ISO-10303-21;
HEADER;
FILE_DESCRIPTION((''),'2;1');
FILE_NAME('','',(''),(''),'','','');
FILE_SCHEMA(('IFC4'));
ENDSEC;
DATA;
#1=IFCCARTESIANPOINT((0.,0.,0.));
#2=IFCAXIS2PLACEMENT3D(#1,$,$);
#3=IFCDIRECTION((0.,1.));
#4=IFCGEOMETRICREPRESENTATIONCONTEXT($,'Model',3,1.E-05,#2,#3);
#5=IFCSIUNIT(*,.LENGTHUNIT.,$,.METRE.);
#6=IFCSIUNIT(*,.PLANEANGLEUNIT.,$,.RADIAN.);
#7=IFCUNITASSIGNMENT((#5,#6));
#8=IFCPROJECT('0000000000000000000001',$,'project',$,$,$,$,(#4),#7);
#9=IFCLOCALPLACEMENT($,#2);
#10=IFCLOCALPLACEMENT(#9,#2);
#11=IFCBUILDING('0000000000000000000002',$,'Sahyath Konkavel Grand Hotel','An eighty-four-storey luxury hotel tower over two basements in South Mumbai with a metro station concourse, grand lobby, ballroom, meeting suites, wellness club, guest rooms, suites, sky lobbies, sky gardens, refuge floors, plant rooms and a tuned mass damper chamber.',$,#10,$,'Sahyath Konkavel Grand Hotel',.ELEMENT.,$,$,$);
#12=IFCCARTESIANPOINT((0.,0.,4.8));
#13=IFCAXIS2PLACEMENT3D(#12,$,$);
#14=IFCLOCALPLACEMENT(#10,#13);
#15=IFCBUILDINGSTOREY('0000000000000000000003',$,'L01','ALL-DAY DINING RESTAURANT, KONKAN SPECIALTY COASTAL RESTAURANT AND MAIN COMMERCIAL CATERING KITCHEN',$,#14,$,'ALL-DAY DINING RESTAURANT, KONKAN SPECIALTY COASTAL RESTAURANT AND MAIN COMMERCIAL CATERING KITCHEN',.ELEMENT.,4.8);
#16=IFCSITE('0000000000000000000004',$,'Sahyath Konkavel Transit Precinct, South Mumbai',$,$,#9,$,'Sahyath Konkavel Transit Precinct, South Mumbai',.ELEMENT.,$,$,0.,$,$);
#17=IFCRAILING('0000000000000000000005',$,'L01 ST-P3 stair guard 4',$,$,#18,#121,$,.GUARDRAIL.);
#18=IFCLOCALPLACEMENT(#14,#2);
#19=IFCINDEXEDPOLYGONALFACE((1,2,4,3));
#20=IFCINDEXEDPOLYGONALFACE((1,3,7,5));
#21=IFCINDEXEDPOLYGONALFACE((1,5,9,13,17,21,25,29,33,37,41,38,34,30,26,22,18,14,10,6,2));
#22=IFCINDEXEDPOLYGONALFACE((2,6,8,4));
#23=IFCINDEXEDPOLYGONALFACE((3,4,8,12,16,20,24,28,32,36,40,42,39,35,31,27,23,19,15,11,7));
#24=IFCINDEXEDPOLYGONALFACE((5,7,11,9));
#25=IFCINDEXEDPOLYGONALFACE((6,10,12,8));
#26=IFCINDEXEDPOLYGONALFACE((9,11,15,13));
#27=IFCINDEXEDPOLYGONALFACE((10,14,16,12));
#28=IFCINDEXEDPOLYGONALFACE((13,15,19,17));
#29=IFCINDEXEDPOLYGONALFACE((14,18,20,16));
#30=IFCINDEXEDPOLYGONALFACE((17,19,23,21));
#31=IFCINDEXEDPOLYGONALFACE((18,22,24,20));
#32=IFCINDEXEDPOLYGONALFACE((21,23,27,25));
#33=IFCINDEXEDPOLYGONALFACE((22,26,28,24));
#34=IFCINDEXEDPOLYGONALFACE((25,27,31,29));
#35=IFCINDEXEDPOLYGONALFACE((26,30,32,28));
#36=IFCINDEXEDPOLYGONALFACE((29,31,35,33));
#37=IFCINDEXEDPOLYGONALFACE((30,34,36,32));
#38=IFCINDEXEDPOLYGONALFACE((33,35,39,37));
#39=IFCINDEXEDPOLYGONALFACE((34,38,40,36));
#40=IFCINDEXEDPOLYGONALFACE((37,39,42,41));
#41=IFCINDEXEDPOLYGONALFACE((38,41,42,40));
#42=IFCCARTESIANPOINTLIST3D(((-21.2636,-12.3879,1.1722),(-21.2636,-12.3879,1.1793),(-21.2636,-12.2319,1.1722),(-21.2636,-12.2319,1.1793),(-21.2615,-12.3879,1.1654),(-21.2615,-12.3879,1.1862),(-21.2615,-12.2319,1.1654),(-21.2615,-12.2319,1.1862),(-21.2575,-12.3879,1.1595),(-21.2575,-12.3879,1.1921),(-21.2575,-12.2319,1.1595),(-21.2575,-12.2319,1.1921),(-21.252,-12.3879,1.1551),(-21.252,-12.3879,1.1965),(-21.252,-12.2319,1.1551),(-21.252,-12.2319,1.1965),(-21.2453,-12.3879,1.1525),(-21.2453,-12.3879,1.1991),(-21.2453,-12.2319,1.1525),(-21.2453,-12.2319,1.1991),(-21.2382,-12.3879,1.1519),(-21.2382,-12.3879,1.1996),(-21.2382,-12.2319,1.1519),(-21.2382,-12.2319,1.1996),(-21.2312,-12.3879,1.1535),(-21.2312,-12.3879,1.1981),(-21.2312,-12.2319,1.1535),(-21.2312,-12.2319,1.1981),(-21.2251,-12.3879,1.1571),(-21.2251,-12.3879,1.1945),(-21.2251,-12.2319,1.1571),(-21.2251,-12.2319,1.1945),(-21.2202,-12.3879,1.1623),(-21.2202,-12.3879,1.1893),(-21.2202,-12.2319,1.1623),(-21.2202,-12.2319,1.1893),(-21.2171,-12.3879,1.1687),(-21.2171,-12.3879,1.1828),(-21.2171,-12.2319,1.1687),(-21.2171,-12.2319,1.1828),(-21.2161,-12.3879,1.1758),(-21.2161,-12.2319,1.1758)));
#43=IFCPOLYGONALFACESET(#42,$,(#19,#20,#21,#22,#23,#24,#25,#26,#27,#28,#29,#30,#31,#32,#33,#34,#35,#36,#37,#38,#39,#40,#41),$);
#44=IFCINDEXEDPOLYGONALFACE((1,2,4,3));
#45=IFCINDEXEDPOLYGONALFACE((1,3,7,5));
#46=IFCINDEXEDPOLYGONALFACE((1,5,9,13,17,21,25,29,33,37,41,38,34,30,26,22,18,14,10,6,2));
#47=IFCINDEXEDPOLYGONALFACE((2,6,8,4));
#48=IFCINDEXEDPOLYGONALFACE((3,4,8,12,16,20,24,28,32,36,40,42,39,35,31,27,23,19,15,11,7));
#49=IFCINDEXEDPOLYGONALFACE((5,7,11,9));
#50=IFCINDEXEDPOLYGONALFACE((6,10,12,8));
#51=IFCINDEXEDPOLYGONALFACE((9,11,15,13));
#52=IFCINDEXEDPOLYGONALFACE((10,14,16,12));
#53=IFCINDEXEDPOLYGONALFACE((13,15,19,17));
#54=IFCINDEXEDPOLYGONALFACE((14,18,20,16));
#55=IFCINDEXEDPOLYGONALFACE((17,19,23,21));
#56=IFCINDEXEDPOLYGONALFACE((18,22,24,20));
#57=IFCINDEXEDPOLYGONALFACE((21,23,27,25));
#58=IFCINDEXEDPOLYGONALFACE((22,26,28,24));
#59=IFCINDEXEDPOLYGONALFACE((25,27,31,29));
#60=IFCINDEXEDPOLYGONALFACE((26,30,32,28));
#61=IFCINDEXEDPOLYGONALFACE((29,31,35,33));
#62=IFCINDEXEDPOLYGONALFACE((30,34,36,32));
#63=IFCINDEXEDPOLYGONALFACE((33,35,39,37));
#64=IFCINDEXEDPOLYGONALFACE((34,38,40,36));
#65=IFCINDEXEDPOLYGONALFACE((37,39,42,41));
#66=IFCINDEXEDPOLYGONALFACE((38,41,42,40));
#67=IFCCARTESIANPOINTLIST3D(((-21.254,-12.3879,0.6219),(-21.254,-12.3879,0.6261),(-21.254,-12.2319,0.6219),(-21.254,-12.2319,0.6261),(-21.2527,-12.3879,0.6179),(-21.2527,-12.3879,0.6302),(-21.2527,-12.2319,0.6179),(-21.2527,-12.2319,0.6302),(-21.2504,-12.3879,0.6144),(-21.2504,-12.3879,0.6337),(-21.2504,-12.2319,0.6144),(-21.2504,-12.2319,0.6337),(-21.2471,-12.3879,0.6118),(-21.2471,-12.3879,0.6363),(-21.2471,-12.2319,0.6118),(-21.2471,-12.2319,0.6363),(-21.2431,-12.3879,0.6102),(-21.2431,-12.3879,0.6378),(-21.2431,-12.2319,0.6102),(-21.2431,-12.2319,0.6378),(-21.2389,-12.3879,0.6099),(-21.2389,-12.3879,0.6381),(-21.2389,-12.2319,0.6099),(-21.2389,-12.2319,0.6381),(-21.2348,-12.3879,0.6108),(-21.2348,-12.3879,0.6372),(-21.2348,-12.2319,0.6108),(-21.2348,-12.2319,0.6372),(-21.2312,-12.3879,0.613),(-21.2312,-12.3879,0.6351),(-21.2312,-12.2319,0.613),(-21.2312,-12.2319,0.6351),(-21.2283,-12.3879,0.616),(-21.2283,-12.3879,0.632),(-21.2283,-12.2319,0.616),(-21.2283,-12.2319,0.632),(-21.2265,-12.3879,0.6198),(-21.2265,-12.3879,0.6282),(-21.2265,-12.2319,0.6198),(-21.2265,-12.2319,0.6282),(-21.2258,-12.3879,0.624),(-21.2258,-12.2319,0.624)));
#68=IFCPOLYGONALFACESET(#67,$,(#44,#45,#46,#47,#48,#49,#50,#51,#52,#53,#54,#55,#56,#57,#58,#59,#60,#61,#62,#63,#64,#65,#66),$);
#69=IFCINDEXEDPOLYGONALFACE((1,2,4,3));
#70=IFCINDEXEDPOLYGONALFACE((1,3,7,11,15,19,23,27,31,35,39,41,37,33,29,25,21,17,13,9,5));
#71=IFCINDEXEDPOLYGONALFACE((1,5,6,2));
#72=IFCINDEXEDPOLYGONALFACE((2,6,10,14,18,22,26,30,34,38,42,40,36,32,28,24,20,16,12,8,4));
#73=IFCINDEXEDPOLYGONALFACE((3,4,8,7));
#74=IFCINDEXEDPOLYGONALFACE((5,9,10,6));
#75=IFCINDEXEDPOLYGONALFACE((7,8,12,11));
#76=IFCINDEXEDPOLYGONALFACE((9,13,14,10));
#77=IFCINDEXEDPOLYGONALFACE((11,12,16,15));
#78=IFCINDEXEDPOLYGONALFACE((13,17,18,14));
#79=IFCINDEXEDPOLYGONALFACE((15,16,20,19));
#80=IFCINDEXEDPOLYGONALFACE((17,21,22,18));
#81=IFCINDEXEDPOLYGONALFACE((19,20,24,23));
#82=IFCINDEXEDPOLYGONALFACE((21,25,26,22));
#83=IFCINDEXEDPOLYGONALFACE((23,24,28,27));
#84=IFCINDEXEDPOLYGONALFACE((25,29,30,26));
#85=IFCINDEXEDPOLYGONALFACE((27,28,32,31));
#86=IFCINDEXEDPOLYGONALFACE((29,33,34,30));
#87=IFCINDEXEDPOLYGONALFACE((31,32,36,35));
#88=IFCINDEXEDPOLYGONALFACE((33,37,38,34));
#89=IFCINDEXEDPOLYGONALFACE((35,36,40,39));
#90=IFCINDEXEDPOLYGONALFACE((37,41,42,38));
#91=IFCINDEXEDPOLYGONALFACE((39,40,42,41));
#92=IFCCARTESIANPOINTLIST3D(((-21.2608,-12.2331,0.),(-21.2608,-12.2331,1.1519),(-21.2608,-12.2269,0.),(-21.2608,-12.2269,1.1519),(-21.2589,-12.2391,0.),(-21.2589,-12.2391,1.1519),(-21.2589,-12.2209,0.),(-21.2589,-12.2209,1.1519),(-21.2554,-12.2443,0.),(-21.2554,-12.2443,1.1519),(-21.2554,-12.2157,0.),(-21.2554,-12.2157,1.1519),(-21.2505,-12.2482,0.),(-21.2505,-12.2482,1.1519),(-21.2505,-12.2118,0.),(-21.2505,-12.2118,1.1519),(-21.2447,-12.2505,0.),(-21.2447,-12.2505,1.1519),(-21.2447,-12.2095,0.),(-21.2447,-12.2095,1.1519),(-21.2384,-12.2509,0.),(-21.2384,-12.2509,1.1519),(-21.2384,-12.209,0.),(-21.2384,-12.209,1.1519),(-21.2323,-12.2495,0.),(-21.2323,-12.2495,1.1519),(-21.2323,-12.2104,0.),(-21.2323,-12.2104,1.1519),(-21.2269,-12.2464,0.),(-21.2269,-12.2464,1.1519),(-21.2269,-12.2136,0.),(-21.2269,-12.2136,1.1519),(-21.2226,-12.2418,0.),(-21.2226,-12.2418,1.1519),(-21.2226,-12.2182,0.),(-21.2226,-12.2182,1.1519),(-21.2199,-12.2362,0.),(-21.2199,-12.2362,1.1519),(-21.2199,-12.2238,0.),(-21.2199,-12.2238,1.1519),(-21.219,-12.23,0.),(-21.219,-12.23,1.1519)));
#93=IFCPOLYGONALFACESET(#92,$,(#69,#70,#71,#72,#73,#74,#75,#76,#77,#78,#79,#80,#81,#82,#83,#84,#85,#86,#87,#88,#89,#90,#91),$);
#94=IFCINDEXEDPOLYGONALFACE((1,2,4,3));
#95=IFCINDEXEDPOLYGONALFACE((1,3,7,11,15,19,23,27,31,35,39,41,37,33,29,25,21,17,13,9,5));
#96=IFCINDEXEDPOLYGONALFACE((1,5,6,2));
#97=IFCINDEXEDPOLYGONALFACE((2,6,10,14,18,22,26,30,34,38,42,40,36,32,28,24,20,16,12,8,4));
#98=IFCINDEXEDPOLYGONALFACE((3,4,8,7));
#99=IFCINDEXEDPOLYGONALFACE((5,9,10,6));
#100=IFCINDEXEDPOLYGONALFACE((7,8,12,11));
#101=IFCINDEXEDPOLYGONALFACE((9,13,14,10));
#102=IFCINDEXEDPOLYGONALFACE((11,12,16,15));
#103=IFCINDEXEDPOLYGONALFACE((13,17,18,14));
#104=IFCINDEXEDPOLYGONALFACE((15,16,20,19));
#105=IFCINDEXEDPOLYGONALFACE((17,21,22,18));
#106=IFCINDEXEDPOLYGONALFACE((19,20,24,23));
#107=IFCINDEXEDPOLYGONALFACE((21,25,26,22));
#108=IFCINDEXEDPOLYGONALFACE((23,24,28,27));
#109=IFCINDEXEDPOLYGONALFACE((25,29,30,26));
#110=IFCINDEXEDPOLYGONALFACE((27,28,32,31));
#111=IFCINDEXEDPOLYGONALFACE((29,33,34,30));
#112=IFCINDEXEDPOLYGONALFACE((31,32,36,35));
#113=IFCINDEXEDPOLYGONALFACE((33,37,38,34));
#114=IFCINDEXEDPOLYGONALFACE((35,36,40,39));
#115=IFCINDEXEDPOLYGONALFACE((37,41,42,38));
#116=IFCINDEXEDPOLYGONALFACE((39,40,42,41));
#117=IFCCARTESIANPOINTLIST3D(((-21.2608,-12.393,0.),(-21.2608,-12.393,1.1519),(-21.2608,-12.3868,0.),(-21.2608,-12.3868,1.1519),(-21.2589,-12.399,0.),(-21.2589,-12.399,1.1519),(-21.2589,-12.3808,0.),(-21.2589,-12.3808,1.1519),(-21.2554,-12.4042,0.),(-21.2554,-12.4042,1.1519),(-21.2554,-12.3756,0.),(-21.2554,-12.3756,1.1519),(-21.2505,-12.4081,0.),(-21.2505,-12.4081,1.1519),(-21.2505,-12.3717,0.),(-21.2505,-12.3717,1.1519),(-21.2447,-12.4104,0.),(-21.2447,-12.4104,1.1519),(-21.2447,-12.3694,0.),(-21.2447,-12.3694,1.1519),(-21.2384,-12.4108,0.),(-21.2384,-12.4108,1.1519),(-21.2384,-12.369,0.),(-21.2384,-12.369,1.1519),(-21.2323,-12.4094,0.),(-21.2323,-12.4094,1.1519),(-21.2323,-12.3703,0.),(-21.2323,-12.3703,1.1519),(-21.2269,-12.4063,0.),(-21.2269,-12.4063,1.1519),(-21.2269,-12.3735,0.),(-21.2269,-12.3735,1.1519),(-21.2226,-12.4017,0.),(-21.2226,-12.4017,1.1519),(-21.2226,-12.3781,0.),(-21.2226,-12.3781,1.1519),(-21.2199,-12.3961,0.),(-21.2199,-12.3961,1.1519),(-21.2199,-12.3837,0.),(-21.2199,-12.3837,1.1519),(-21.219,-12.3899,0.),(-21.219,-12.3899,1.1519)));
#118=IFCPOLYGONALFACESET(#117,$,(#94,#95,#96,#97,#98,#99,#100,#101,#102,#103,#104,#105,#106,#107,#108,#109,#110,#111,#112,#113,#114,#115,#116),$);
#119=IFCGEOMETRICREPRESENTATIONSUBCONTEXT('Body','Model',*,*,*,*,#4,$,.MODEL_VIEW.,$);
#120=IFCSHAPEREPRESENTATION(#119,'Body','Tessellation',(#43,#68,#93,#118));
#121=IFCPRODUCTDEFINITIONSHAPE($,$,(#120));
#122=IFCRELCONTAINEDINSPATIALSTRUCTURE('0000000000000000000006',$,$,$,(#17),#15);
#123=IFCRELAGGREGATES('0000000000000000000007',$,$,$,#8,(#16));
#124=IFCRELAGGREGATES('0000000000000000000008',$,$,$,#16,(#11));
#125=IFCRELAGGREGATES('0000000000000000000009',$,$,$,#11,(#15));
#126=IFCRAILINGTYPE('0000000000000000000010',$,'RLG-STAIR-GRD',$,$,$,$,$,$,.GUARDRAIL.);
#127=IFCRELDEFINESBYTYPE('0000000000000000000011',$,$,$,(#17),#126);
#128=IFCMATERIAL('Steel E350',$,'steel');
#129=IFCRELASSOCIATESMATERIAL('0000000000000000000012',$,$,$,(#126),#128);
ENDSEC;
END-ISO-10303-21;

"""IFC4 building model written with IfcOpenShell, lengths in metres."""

from ifc_helpers import new_model, si_unit, direction, frame, origin, origin_2d, place, context, subcontext, project, spatial, circle, extrude, material, type_object, element, save


model = new_model("IFC4")

# Units and contexts
model_context = context("Model", 3, precision=1e-05, world=origin(), true_north=direction((0.0, 1.0)))
body_context = subcontext(model_context, "Body", "Model", "MODEL_VIEW")
ifc_project = project(units=[si_unit("LENGTHUNIT", "METRE"), si_unit("PLANEANGLEUNIT", "RADIAN")], contexts=[model_context])

# Site, building, storey
site_placement = place(None, origin())
site = spatial("IfcSite", under=ifc_project, at=site_placement, Name="Sahyath Konkavel Transit Precinct, South Mumbai", LongName="Sahyath Konkavel Transit Precinct, South Mumbai", CompositionType="ELEMENT", RefElevation=0.0)
building_placement = place(site_placement, origin())
building = spatial("IfcBuilding", under=site, at=building_placement, Name="Sahyath Konkavel Grand Hotel", Description="An eighty-four-storey luxury hotel tower over two basements in South Mumbai with a metro station concourse, grand lobby, ballroom, meeting suites, wellness club, guest rooms, suites, sky lobbies, sky gardens, refuge floors, plant rooms and a tuned mass damper chamber.", LongName="Sahyath Konkavel Grand Hotel", CompositionType="ELEMENT")
storey_placement = place(building_placement, frame((0.0, 0.0, 4.8)))
storey = spatial("IfcBuildingStorey", under=building, at=storey_placement, Name="L01", Description="ALL-DAY DINING RESTAURANT, KONKAN SPECIALTY COASTAL RESTAURANT AND MAIN COMMERCIAL CATERING KITCHEN", LongName="ALL-DAY DINING RESTAURANT, KONKAN SPECIALTY COASTAL RESTAURANT AND MAIN COMMERCIAL CATERING KITCHEN", CompositionType="ELEMENT", Elevation=4.8)

# Shared definitions
ifc_material_1 = material(Name="Steel E350", Category="steel")

# Railing
railing_type_1 = type_object("IfcRailingType", Name="RLG-STAIR-GRD", PredefinedType="GUARDRAIL", material=ifc_material_1)
railing_1_placement = place(storey_placement, frame((-21.24, -12.23, 0.0)))
element("IfcRailing", 1, at=railing_1_placement, inside=storey, type_object=railing_type_1, Name="L01 ST-P3 stair guard 4", PredefinedType="GUARDRAIL", context=body_context, shape_type="SweptSolid", body=[
    extrude(circle(Radius=0.0239, at=origin_2d()), frame((0.0, -0.002, 1.1758), z_axis=(0.0, -1.0, 0.0), x_axis=(1.0, 0.0, 0.0)), (0.0, 0.0, 1.0), 0.156),
    extrude(circle(Radius=0.0142, at=origin_2d()), frame((0.0, -0.002, 0.624), z_axis=(0.0, -1.0, 0.0), x_axis=(1.0, 0.0, 0.0)), (0.0, 0.0, 1.0), 0.156),
    extrude(circle(Radius=0.021, at=origin_2d()), origin(), (0.0, 0.0, 1.0), 1.1519),
    extrude(circle(Radius=0.021, at=origin_2d()), frame((0.0, -0.1599, 0.0)), (0.0, 0.0, 1.0), 1.1519),
])

save(model, "model.ifc")
